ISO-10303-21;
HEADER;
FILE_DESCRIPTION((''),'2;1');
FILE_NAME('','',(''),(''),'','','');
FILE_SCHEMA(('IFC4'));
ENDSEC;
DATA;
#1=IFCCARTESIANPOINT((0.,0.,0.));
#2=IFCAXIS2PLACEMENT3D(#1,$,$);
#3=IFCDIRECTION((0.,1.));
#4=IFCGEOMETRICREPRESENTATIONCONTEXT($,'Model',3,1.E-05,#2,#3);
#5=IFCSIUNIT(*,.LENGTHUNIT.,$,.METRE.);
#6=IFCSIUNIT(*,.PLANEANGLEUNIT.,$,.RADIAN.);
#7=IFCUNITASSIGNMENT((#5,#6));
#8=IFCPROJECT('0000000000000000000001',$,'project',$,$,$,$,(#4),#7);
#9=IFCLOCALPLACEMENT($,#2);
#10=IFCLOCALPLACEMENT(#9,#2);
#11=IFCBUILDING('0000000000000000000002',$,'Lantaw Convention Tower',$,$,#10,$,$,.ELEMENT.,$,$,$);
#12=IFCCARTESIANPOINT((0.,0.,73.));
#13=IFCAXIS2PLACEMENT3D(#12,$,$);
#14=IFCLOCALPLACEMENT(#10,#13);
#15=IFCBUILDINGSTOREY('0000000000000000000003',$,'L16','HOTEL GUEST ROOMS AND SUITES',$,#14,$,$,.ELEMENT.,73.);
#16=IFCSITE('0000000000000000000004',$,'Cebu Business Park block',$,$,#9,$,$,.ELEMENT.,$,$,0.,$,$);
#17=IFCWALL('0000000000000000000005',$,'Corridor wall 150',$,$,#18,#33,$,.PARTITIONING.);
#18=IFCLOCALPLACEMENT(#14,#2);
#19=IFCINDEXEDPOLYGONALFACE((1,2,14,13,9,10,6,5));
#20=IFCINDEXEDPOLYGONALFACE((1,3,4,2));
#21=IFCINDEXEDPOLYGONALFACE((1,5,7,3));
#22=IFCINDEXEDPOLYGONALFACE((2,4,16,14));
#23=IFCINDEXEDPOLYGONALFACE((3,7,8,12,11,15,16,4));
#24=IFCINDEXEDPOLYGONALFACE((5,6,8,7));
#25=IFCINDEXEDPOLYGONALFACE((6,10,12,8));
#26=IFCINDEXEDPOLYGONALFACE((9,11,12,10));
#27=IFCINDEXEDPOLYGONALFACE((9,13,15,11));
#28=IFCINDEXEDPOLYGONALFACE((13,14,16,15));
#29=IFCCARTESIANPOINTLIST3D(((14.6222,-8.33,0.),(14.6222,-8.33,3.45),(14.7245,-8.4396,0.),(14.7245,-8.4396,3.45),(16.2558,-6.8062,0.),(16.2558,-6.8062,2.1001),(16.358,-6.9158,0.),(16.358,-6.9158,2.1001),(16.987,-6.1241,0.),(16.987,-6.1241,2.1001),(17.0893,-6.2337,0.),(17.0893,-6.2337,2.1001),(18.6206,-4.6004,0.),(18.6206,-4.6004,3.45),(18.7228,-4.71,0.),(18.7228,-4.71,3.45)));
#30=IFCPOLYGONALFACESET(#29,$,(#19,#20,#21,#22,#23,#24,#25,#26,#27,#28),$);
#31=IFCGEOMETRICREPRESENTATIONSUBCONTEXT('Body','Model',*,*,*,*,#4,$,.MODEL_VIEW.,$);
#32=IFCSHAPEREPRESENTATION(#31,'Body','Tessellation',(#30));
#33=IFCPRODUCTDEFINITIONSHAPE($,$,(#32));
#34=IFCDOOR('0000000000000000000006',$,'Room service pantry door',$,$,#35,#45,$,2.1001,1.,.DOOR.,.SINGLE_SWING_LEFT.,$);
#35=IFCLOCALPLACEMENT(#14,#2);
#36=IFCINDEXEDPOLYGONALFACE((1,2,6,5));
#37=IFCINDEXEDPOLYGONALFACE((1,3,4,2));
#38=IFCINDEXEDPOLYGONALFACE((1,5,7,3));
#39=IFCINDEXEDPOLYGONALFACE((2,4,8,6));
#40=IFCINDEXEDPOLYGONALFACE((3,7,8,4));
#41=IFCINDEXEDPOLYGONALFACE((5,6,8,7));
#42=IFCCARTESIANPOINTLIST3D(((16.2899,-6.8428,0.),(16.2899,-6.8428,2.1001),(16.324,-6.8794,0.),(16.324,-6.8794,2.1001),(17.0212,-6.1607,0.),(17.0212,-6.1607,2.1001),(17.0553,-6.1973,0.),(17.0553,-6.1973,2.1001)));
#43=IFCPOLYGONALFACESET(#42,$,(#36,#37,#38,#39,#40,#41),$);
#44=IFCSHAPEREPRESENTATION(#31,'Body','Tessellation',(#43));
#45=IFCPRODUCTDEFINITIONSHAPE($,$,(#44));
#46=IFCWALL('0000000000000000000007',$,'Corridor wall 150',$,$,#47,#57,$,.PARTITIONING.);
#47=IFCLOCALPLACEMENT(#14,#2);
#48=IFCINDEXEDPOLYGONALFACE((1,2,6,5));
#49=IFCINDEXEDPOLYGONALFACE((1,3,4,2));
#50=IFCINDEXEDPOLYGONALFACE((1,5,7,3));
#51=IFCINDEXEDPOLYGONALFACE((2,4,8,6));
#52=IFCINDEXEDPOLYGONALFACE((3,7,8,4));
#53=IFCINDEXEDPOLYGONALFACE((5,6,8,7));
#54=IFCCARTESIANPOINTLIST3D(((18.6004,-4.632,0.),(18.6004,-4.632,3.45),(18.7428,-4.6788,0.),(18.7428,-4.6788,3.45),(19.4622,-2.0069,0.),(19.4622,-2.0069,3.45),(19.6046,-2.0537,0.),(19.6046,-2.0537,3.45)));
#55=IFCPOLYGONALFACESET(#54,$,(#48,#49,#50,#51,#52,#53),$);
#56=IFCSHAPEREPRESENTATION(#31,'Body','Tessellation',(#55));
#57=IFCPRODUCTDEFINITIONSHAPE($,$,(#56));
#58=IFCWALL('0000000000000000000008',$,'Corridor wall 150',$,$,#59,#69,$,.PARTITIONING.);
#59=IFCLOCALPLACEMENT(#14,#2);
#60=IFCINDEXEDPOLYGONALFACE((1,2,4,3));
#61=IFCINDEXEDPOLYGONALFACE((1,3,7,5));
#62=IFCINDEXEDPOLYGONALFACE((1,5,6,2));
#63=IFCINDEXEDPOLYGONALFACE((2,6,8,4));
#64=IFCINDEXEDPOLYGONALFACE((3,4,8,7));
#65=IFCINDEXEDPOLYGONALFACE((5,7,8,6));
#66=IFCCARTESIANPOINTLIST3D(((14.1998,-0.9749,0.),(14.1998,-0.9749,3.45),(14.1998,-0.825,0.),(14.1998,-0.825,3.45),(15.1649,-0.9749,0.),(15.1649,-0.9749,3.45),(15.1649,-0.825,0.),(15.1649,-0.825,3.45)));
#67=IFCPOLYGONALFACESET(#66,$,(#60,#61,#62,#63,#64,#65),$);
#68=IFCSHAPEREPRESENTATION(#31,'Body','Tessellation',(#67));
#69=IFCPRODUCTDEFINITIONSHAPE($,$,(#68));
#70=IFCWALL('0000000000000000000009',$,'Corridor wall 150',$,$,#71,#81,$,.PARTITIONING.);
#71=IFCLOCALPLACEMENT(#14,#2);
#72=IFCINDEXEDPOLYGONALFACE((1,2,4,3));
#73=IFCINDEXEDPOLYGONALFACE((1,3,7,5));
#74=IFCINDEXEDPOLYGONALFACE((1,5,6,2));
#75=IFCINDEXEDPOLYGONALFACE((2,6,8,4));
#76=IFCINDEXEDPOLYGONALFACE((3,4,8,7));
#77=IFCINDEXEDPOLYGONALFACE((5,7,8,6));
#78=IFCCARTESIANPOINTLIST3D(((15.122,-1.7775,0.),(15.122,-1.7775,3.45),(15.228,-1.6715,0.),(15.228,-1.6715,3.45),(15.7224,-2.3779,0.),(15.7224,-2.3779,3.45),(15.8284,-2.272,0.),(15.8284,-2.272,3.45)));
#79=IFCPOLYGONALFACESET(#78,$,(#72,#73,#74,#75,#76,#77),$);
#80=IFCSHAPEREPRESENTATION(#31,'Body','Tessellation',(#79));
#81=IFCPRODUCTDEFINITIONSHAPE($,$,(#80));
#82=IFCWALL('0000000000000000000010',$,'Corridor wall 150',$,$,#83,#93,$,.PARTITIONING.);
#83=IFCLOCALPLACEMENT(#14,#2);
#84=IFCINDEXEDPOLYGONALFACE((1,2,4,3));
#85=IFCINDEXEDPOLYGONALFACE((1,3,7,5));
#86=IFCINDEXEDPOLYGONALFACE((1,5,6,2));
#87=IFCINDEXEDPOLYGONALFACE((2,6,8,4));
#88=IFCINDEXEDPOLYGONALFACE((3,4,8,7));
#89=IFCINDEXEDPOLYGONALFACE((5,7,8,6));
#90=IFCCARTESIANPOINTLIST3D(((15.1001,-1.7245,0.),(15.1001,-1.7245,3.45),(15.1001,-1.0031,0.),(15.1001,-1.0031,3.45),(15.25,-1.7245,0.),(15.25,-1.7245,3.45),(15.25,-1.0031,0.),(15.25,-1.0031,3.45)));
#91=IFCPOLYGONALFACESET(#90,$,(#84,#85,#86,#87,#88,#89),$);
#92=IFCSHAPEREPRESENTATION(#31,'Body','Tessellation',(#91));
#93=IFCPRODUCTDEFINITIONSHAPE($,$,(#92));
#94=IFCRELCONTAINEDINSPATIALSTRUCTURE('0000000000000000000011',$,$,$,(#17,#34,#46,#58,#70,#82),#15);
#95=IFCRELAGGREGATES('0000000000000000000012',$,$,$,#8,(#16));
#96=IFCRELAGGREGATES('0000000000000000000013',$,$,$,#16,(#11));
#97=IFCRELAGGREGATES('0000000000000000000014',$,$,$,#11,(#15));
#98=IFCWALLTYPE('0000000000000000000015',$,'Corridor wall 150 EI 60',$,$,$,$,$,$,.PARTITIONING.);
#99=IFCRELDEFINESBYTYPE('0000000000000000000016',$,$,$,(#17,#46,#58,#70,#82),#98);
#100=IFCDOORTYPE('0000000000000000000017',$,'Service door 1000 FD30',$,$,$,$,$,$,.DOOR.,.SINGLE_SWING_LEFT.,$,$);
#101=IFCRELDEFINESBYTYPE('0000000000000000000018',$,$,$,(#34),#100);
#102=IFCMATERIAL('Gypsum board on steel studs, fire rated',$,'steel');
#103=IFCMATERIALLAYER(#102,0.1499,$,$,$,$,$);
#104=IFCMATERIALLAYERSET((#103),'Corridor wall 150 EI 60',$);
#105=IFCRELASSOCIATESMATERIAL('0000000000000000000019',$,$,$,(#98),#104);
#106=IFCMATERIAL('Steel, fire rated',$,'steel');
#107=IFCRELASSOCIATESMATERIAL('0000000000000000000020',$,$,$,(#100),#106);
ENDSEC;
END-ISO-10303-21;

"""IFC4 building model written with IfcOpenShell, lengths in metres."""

from ifc_helpers import new_model, si_unit, direction, frame, frame_2d, origin, place, context, subcontext, project, spatial, rectangle, extrude, material, layer, layer_set, type_object, element, fill, save


model = new_model("IFC4")

# Units and contexts
model_context = context("Model", 3, precision=1e-05, world=origin(), true_north=direction((0.0, 1.0)))
body_context = subcontext(model_context, "Body", "Model", "MODEL_VIEW")
ifc_project = project(units=[si_unit("LENGTHUNIT", "METRE"), si_unit("PLANEANGLEUNIT", "RADIAN")], contexts=[model_context])

# Site, building, storey
site_placement = place(None, origin())
site = spatial("IfcSite", under=ifc_project, at=site_placement, Name="Cebu Business Park block", CompositionType="ELEMENT", RefElevation=0.0)
building_placement = place(site_placement, origin())
building = spatial("IfcBuilding", under=site, at=building_placement, Name="Lantaw Convention Tower", CompositionType="ELEMENT")
storey_placement = place(building_placement, frame((0.0, 0.0, 73.0)))
storey = spatial("IfcBuildingStorey", under=building, at=storey_placement, Name="L16", Description="HOTEL GUEST ROOMS AND SUITES", CompositionType="ELEMENT", Elevation=73.0)

# Wall, opening, door
ifc_material_1 = material(Name="Gypsum board on steel studs, fire rated", Category="steel")
ifc_layer = layer(ifc_material_1, 0.1499)
ifc_layer_set = layer_set([ifc_layer], Name="Corridor wall 150 EI 60")
wall_type = type_object("IfcWallType", Name="Corridor wall 150 EI 60", PredefinedType="PARTITIONING", material=ifc_layer_set)
ifc_material_2 = material(Name="Steel, fire rated", Category="steel")
wall_1_placement = place(storey_placement, frame((14.6733, -8.3848, 0.0), z_axis=(0.0, 0.0, 1.0), x_axis=(0.73126, 0.682099, 0.0)))
wall_1 = element("IfcWall", 1, at=wall_1_placement, inside=storey, type_object=wall_type, Name="Corridor wall 150", PredefinedType="PARTITIONING", context=body_context, shape_type="SweptSolid", body=[
    extrude(rectangle(XDim=5.4678, YDim=0.1499, at=frame_2d((2.7339, 0.0))), origin(), (0.0, 0.0, 1.0), 3.45),
])
opening_1_placement = place(wall_1_placement, frame((2.2339, 0.0, 0.0)))
opening_1 = element("IfcOpeningElement", 2, at=opening_1_placement, cuts=wall_1, PredefinedType="OPENING", context=body_context, shape_type="SweptSolid", body=[
    extrude(rectangle(XDim=1.0, YDim=2.1001, at=frame_2d((0.5, 1.05))), frame((0.0, 0.085, 0.0), z_axis=(0.0, -1.0, 0.0), x_axis=(1.0, 0.0, 0.0)), (0.0, 0.0, 1.0), 0.1699),
])
door_type_1 = type_object("IfcDoorType", Name="Service door 1000 FD30", OperationType="SINGLE_SWING_LEFT", PredefinedType="DOOR", material=ifc_material_2)
door_1_placement = place(opening_1_placement, origin())
door_1 = element("IfcDoor", 3, at=door_1_placement, inside=storey, type_object=door_type_1, Name="Room service pantry door", OperationType="SINGLE_SWING_LEFT", OverallHeight=2.1001, OverallWidth=1.0, PredefinedType="DOOR", context=body_context, shape_type="SweptSolid", body=[
    extrude(rectangle(XDim=1.0, YDim=2.1001, at=frame_2d((0.5, 1.05))), frame((0.0, 0.0249, 0.0), z_axis=(0.0, -1.0, 0.0), x_axis=(1.0, 0.0, 0.0)), (0.0, 0.0, 1.0), 0.05),
])
fill(opening_1, door_1)

# Walls
wall_2_placement = place(storey_placement, frame((18.6716, -4.6553, 0.0), z_axis=(0.0, 0.0, 1.0), x_axis=(0.31193, 0.950105, 0.0)))
element("IfcWall", 4, at=wall_2_placement, inside=storey, type_object=wall_type, Name="Corridor wall 150", PredefinedType="PARTITIONING", context=body_context, shape_type="SweptSolid", body=[
    extrude(rectangle(XDim=2.7629, YDim=0.1499, at=frame_2d((1.3813, 0.0))), origin(), (0.0, 0.0, 1.0), 3.45),
])
wall_3_placement = place(storey_placement, frame((14.2, -0.8999, 0.0), z_axis=(0.0, 0.0, 1.0), x_axis=(1.0, 0.0, 0.0)))
element("IfcWall", 5, at=wall_3_placement, inside=storey, type_object=wall_type, Name="Corridor wall 150", PredefinedType="PARTITIONING", context=body_context, shape_type="SweptSolid", body=[
    extrude(rectangle(XDim=0.9651, YDim=0.1499, at=frame_2d((0.4824, 0.0))), origin(), (0.0, 0.0, 1.0), 3.45),
])
wall_4_placement = place(storey_placement, frame((15.7754, -2.325, 0.0), z_axis=(0.0, 0.0, 1.0), x_axis=(-0.707107, 0.707107, 0.0)))
element("IfcWall", 6, at=wall_4_placement, inside=storey, type_object=wall_type, Name="Corridor wall 150", PredefinedType="PARTITIONING", context=body_context, shape_type="SweptSolid", body=[
    extrude(rectangle(XDim=0.8491, YDim=0.1499, at=frame_2d((0.4246, 0.0))), origin(), (0.0, 0.0, 1.0), 3.45),
])
wall_5_placement = place(storey_placement, frame((15.175, -1.7246, 0.0), z_axis=(0.0, 0.0, 1.0), x_axis=(0.0, 1.0, 0.0)))
element("IfcWall", 7, at=wall_5_placement, inside=storey, type_object=wall_type, Name="Corridor wall 150", PredefinedType="PARTITIONING", context=body_context, shape_type="SweptSolid", body=[
    extrude(rectangle(XDim=0.7214, YDim=0.1499, at=frame_2d((0.3608, 0.0))), origin(), (0.0, 0.0, 1.0), 3.45),
])

save(model, "model.ifc")
